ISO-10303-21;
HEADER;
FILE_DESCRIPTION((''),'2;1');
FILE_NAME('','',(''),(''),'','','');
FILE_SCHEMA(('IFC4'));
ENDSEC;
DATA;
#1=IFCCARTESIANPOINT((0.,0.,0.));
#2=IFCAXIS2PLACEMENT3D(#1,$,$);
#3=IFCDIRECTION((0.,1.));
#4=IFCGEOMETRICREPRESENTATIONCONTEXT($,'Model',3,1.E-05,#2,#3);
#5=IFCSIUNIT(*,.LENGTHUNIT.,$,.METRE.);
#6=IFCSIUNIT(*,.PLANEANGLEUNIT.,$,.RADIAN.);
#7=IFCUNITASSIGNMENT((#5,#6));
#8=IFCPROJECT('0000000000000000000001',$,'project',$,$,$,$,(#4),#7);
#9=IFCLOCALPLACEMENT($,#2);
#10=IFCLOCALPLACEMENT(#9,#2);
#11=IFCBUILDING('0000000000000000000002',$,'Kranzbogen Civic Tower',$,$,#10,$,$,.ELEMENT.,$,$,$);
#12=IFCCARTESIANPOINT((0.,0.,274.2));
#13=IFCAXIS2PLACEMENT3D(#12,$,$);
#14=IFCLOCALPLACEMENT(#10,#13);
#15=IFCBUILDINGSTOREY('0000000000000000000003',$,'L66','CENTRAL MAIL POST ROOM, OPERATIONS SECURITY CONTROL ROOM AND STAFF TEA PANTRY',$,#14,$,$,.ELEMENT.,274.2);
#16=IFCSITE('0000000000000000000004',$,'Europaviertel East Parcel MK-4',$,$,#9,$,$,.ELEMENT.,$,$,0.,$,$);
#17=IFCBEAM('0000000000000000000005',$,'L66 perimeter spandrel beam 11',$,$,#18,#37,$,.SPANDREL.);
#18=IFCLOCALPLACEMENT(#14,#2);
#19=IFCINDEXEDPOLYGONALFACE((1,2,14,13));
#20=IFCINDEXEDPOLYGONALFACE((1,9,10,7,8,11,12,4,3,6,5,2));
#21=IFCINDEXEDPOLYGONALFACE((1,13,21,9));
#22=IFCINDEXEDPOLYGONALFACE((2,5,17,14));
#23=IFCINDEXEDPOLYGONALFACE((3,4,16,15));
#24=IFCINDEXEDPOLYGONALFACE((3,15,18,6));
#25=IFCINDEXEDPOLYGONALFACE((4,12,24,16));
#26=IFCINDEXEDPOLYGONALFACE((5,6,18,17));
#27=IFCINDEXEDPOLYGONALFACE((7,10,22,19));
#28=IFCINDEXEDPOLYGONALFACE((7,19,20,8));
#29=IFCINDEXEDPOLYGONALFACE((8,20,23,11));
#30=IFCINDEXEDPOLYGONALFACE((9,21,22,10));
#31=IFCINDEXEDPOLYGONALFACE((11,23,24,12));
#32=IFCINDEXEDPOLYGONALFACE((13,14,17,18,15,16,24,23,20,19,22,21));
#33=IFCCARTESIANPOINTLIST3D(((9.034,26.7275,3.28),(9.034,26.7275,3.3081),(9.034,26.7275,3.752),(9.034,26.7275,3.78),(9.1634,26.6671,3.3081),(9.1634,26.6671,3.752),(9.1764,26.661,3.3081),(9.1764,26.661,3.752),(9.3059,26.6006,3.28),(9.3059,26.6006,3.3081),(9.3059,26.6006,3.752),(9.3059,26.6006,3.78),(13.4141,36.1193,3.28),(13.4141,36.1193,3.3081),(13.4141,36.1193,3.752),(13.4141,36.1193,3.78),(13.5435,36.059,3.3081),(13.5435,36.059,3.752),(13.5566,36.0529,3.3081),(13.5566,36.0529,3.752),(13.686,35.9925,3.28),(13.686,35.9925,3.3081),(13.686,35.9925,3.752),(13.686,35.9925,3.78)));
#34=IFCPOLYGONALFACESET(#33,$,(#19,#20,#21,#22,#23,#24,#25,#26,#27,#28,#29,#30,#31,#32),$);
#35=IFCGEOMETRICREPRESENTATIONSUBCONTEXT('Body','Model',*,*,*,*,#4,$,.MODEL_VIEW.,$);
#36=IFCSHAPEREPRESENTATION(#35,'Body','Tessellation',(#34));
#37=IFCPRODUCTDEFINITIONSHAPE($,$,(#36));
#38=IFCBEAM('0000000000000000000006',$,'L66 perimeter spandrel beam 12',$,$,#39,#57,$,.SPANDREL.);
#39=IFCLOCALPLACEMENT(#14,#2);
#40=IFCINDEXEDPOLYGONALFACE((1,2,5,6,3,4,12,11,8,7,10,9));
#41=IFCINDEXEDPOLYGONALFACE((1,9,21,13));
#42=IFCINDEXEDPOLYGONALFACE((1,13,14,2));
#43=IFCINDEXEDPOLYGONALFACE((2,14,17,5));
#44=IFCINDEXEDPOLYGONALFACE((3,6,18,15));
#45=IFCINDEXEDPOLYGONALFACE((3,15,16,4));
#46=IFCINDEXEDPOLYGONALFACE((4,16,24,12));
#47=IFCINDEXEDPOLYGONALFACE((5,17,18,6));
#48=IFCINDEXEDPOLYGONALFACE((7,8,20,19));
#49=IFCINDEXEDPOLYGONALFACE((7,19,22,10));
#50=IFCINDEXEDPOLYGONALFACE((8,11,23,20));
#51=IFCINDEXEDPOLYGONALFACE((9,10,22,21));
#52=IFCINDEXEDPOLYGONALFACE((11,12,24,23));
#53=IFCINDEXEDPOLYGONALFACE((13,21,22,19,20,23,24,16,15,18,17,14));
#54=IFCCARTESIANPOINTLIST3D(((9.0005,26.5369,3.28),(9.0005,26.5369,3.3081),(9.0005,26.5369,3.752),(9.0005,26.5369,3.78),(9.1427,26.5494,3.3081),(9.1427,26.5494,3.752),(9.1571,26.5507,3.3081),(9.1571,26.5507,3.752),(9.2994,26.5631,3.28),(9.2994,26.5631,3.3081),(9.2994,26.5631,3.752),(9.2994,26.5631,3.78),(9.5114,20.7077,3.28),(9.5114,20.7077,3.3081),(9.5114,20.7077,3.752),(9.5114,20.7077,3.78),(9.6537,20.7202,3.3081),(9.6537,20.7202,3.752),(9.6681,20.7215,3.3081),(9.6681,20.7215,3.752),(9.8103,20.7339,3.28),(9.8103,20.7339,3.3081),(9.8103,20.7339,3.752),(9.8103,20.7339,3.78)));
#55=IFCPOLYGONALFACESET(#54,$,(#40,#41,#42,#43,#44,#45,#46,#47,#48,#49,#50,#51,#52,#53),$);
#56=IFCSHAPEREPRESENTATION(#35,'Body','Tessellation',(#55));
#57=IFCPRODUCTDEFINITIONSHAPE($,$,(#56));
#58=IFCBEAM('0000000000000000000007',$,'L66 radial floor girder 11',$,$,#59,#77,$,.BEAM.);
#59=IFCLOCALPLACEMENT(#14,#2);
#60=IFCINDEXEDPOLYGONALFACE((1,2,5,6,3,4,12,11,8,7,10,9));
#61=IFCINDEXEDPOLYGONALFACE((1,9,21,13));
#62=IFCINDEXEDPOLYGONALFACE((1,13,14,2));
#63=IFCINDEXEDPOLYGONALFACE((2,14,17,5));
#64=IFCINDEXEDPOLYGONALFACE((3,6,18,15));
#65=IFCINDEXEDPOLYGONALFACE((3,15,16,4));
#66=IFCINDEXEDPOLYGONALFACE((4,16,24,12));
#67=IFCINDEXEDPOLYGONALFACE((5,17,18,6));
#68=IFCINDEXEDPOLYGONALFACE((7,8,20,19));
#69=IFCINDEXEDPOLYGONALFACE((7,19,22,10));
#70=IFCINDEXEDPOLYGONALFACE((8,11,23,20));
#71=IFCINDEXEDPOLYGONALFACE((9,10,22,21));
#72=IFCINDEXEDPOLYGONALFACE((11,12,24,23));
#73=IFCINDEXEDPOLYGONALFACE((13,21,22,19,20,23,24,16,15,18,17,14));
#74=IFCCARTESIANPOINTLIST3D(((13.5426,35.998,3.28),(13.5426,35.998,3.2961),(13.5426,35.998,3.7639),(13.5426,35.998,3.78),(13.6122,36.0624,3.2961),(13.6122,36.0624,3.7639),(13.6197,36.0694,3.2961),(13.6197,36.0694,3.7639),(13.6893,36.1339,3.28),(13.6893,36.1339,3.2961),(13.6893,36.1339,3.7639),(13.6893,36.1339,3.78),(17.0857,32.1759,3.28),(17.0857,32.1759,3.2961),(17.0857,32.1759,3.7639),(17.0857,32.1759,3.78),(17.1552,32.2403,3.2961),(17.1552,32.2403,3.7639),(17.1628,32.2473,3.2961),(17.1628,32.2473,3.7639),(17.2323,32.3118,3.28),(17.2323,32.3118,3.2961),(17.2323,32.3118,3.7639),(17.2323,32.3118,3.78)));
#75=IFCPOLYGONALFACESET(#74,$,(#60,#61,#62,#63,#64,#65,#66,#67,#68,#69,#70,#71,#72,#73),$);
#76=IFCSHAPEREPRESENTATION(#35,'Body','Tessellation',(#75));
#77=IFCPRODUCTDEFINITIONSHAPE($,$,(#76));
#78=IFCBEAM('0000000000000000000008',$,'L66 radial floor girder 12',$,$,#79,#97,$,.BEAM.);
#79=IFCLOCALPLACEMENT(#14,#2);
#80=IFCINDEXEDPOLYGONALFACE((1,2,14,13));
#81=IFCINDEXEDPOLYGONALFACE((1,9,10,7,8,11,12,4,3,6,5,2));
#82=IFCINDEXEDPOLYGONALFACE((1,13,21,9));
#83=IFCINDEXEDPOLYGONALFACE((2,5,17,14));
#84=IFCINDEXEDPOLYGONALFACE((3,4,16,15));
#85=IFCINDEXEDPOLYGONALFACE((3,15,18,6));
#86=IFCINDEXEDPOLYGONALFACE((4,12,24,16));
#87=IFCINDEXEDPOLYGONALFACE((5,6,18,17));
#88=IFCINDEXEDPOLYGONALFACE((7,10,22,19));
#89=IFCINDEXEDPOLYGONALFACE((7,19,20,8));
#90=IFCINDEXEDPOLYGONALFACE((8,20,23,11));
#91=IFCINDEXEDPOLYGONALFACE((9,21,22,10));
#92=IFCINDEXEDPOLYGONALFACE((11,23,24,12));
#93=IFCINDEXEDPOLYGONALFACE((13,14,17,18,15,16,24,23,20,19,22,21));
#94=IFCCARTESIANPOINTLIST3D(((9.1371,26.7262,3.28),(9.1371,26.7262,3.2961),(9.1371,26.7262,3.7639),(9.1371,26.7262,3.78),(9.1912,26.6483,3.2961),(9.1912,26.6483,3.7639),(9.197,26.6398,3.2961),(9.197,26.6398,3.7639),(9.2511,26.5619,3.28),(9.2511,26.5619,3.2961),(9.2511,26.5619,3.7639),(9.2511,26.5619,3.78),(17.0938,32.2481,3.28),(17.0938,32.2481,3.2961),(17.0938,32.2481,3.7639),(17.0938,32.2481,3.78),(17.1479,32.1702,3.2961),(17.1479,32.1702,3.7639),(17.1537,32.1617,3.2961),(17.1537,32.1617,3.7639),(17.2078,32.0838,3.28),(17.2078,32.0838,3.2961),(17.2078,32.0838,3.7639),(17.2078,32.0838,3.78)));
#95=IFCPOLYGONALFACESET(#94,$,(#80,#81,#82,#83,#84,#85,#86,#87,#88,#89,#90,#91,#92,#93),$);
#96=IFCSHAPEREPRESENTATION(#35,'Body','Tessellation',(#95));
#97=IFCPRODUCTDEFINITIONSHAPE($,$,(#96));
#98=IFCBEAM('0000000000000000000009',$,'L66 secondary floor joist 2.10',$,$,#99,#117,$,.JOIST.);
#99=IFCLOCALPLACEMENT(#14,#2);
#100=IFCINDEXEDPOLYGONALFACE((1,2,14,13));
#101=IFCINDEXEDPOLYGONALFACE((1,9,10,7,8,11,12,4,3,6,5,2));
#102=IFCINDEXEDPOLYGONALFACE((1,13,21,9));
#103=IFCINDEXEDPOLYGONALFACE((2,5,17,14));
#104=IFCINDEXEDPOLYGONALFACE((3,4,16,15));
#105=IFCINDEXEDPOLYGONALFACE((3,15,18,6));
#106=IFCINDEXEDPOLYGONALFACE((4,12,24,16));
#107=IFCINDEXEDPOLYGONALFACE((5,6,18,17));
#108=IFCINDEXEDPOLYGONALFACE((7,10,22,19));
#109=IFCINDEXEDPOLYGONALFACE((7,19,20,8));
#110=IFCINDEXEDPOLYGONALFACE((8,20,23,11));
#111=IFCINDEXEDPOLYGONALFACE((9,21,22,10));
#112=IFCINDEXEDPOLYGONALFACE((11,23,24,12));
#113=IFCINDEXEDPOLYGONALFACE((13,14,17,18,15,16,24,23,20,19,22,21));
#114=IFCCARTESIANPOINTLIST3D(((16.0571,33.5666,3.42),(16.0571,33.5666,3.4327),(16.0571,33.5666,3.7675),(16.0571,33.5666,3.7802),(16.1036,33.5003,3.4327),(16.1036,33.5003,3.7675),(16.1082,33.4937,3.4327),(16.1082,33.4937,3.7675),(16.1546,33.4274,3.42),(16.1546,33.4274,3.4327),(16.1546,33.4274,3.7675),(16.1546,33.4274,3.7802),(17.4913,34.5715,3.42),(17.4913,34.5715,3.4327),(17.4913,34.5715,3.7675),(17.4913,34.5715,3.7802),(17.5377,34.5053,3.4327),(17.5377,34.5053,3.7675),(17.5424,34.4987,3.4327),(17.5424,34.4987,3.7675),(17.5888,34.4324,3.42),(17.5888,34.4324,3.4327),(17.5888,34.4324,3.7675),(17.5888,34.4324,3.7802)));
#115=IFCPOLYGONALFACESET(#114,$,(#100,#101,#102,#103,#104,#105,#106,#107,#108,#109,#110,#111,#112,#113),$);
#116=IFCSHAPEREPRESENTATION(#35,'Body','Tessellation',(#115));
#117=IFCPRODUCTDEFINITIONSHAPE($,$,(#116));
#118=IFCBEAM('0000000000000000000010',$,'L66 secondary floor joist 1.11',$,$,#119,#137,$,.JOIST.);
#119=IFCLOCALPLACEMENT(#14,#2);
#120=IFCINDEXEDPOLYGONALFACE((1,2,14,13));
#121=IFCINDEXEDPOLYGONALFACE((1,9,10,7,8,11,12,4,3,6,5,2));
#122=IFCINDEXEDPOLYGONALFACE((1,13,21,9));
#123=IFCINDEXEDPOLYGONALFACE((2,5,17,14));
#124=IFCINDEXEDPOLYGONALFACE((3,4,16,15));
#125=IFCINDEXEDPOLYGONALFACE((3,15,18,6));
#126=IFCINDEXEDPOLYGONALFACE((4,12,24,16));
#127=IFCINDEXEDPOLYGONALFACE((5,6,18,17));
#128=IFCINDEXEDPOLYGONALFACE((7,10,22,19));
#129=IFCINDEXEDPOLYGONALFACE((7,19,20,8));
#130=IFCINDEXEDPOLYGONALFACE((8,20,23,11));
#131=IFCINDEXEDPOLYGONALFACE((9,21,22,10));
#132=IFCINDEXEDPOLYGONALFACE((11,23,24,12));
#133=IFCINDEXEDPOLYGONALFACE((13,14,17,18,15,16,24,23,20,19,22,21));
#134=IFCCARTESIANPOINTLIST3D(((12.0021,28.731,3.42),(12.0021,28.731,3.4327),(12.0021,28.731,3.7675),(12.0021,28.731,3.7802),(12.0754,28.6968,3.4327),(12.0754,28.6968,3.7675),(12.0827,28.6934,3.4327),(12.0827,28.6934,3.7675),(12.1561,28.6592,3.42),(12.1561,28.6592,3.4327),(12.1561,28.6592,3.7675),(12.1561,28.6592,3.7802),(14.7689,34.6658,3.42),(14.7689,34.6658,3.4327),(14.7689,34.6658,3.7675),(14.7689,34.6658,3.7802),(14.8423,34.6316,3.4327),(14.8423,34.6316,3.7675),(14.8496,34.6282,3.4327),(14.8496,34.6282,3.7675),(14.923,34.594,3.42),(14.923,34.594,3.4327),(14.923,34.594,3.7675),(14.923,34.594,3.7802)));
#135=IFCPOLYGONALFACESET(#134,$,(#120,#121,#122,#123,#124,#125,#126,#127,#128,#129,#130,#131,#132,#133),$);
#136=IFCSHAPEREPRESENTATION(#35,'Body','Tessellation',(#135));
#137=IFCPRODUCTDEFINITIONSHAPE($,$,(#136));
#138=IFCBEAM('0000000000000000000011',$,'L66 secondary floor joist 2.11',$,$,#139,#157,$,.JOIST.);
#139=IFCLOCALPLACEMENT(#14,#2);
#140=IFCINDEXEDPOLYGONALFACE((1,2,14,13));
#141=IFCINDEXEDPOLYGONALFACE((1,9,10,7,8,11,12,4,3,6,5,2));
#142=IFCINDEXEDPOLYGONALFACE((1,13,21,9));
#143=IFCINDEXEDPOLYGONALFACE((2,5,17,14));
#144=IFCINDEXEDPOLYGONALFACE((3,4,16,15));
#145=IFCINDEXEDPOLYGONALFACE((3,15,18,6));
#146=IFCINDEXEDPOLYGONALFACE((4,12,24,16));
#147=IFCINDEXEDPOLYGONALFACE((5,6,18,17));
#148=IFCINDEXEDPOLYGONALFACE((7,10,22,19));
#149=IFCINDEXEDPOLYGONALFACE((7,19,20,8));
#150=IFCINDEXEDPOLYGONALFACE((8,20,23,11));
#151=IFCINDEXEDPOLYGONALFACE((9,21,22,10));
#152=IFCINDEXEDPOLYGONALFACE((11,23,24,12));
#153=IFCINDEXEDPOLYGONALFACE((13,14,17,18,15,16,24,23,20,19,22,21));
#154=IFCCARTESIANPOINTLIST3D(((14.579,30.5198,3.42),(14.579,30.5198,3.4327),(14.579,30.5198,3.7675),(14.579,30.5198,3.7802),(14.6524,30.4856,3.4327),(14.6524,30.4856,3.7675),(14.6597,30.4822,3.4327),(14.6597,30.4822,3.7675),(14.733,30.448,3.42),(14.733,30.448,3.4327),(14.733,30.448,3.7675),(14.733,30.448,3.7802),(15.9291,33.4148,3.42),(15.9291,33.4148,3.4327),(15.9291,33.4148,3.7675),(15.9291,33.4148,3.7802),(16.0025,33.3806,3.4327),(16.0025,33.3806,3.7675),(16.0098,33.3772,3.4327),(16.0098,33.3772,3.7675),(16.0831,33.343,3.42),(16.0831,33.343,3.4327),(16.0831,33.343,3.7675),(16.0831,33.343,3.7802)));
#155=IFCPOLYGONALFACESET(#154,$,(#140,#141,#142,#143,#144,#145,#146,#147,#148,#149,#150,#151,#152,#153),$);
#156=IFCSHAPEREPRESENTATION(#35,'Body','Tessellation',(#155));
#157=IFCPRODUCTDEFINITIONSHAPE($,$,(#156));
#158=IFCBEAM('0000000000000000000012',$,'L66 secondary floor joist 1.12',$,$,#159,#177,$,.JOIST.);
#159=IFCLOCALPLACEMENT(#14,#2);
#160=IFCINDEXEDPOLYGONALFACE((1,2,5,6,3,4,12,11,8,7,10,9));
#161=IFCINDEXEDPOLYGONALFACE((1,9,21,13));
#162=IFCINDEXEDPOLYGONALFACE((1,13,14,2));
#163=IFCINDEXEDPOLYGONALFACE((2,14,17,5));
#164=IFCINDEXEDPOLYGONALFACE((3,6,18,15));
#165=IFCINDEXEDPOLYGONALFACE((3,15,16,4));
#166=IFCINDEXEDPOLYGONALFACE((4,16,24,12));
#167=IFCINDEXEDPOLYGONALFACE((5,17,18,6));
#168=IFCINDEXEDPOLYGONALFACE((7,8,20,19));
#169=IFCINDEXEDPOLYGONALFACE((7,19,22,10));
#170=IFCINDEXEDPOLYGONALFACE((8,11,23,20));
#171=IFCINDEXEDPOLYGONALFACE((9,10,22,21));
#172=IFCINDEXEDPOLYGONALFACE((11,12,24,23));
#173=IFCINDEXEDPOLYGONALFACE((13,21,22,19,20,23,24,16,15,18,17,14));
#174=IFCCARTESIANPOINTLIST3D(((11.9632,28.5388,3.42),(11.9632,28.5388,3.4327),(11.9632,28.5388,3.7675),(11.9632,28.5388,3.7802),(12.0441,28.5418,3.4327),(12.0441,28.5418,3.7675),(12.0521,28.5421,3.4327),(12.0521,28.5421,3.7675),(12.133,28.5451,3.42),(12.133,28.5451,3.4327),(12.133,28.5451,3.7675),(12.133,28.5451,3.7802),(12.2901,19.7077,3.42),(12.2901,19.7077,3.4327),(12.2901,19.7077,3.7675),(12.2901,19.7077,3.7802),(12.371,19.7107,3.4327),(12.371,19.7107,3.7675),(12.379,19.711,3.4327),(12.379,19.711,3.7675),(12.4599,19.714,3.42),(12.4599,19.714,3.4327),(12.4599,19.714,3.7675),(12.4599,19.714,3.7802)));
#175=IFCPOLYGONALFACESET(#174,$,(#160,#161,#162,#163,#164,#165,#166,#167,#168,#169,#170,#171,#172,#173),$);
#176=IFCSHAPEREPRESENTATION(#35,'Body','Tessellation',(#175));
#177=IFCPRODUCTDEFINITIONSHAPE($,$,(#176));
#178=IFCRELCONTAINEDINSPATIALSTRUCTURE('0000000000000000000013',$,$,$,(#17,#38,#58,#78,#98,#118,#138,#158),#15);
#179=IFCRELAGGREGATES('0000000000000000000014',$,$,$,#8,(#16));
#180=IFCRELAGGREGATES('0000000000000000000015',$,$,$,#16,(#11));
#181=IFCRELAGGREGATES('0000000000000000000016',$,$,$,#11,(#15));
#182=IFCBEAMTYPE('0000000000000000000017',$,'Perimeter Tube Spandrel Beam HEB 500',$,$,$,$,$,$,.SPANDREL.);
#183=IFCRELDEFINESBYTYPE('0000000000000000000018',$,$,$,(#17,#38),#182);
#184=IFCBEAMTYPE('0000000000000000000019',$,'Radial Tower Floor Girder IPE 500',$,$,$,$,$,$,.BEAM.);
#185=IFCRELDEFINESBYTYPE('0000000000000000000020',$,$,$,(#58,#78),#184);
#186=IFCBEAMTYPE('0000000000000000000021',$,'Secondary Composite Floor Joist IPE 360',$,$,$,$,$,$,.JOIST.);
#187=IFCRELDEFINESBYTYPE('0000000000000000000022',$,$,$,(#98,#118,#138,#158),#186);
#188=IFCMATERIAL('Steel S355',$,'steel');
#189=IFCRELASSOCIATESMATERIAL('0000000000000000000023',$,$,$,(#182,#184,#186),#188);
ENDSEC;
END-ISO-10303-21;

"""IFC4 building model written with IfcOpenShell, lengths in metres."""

from ifc_helpers import new_model, si_unit, direction, frame, origin, origin_2d, place, context, subcontext, project, spatial, i_section, extrude, material, material_profile, profile_set, type_object, element, save


model = new_model("IFC4")

# Units and contexts
model_context = context("Model", 3, precision=1e-05, world=origin(), true_north=direction((0.0, 1.0)))
body_context = subcontext(model_context, "Body", "Model", "MODEL_VIEW")
ifc_project = project(units=[si_unit("LENGTHUNIT", "METRE"), si_unit("PLANEANGLEUNIT", "RADIAN")], contexts=[model_context])

# Site, building, storey
site_placement = place(None, origin())
site = spatial("IfcSite", under=ifc_project, at=site_placement, Name="Europaviertel East Parcel MK-4", CompositionType="ELEMENT", RefElevation=0.0)
building_placement = place(site_placement, origin())
building = spatial("IfcBuilding", under=site, at=building_placement, Name="Kranzbogen Civic Tower", CompositionType="ELEMENT")
storey_placement = place(building_placement, frame((0.0, 0.0, 274.2)))
storey = spatial("IfcBuildingStorey", under=building, at=storey_placement, Name="L66", Description="CENTRAL MAIL POST ROOM, OPERATIONS SECURITY CONTROL ROOM AND STAFF TEA PANTRY", CompositionType="ELEMENT", Elevation=274.2)

# Shared definitions
ifc_material_1 = material(Name="Steel S355", Category="steel")

# Beams
ifc_material_profile_1 = material_profile(ifc_material_1, i_section(OverallWidth=0.3, OverallDepth=0.5, WebThickness=0.0144, FlangeThickness=0.0281, at=origin_2d()), Name="HEB 500")
ifc_profile_set_1 = profile_set([ifc_material_profile_1], Name="Steel S355")
beam_type_1 = type_object("IfcBeamType", Name="Perimeter Tube Spandrel Beam HEB 500", PredefinedType="SPANDREL", material=ifc_profile_set_1)
beam_1_placement = place(storey_placement, frame((13.55, 36.0559, 3.53), z_axis=(-0.422669, -0.906284, 0.0), x_axis=(0.906284, -0.422669, 0.0)))
element("IfcBeam", 1, at=beam_1_placement, inside=storey, type_object=beam_type_1, Name="L66 perimeter spandrel beam 11", PredefinedType="SPANDREL", context=body_context, shape_type="SweptSolid", body=[
    extrude(i_section(OverallWidth=0.3, OverallDepth=0.5, WebThickness=0.0144, FlangeThickness=0.0281, at=origin_2d()), origin(), (0.0, 0.0, 1.0), 10.363),
])
beam_2_placement = place(storey_placement, frame((9.1499, 26.55, 3.53), z_axis=(0.087326, -0.99618, 0.0), x_axis=(0.99618, 0.087326, 0.0)))
element("IfcBeam", 2, at=beam_2_placement, inside=storey, type_object=beam_type_1, Name="L66 perimeter spandrel beam 12", PredefinedType="SPANDREL", context=body_context, shape_type="SweptSolid", body=[
    extrude(i_section(OverallWidth=0.3, OverallDepth=0.5, WebThickness=0.0144, FlangeThickness=0.0281, at=origin_2d()), origin(), (0.0, 0.0, 1.0), 5.8516),
])
ifc_material_profile_2 = material_profile(ifc_material_1, i_section(OverallWidth=0.2, OverallDepth=0.5, WebThickness=0.0103, FlangeThickness=0.0161, at=origin_2d()), Name="IPE 500")
ifc_profile_set_2 = profile_set([ifc_material_profile_2], Name="Steel S355")
beam_type_2 = type_object("IfcBeamType", Name="Radial Tower Floor Girder IPE 500", PredefinedType="BEAM", material=ifc_profile_set_2)
beam_3_placement = place(storey_placement, frame((13.616, 36.0659, 3.53), z_axis=(0.679827, -0.733372, 0.0), x_axis=(0.733372, 0.679827, 0.0)))
element("IfcBeam", 3, at=beam_3_placement, inside=storey, type_object=beam_type_2, Name="L66 radial floor girder 11", PredefinedType="BEAM", context=body_context, shape_type="SweptSolid", body=[
    extrude(i_section(OverallWidth=0.2, OverallDepth=0.5, WebThickness=0.0103, FlangeThickness=0.0161, at=origin_2d()), origin(), (0.0, 0.0, 1.0), 5.2117),
])
beam_4_placement = place(storey_placement, frame((9.1941, 26.644, 3.53), z_axis=(0.821543, 0.570147, 0.0), x_axis=(-0.570147, 0.821543, 0.0)))
element("IfcBeam", 4, at=beam_4_placement, inside=storey, type_object=beam_type_2, Name="L66 radial floor girder 12", PredefinedType="BEAM", context=body_context, shape_type="SweptSolid", body=[
    extrude(i_section(OverallWidth=0.2, OverallDepth=0.5, WebThickness=0.0103, FlangeThickness=0.0161, at=origin_2d()), origin(), (0.0, 0.0, 1.0), 9.6851),
])
ifc_material_profile_3 = material_profile(ifc_material_1, i_section(OverallWidth=0.1699, OverallDepth=0.3601, WebThickness=0.0081, FlangeThickness=0.0127, at=origin_2d()), Name="IPE 360")
ifc_profile_set_3 = profile_set([ifc_material_profile_3], Name="Steel S355")
beam_type_3 = type_object("IfcBeamType", Name="Secondary Composite Floor Joist IPE 360", PredefinedType="JOIST", material=ifc_profile_set_3)
beam_5_placement = place(storey_placement, frame((17.54, 34.502, 3.6001), z_axis=(-0.818957, -0.573855, 0.0), x_axis=(0.573855, -0.818957, 0.0)))
element("IfcBeam", 5, at=beam_5_placement, inside=storey, type_object=beam_type_3, Name="L66 secondary floor joist 2.10", PredefinedType="JOIST", context=body_context, shape_type="SweptSolid", body=[
    extrude(i_section(OverallWidth=0.1699, OverallDepth=0.3601, WebThickness=0.0081, FlangeThickness=0.0127, at=origin_2d()), origin(), (0.0, 0.0, 1.0), 1.7512),
])
beam_6_placement = place(storey_placement, frame((14.8459, 34.6299, 3.6001), z_axis=(-0.422543, -0.906343, 0.0), x_axis=(0.906343, -0.422543, 0.0)))
element("IfcBeam", 6, at=beam_6_placement, inside=storey, type_object=beam_type_3, Name="L66 secondary floor joist 1.11", PredefinedType="JOIST", context=body_context, shape_type="SweptSolid", body=[
    extrude(i_section(OverallWidth=0.1699, OverallDepth=0.3601, WebThickness=0.0081, FlangeThickness=0.0127, at=origin_2d()), origin(), (0.0, 0.0, 1.0), 6.5481),
])
beam_7_placement = place(storey_placement, frame((16.0061, 33.3789, 3.6001), z_axis=(-0.422651, -0.906292, 0.0), x_axis=(0.906292, -0.422651, 0.0)))
element("IfcBeam", 7, at=beam_7_placement, inside=storey, type_object=beam_type_3, Name="L66 secondary floor joist 2.11", PredefinedType="JOIST", context=body_context, shape_type="SweptSolid", body=[
    extrude(i_section(OverallWidth=0.1699, OverallDepth=0.3601, WebThickness=0.0081, FlangeThickness=0.0127, at=origin_2d()), origin(), (0.0, 0.0, 1.0), 3.1943),
])
beam_8_placement = place(storey_placement, frame((12.0481, 28.542, 3.6001), z_axis=(0.036992, -0.999316, 0.0), x_axis=(0.999316, 0.036992, 0.0)))
element("IfcBeam", 8, at=beam_8_placement, inside=storey, type_object=beam_type_3, Name="L66 secondary floor joist 1.12", PredefinedType="JOIST", context=body_context, shape_type="SweptSolid", body=[
    extrude(i_section(OverallWidth=0.1699, OverallDepth=0.3601, WebThickness=0.0081, FlangeThickness=0.0127, at=origin_2d()), origin(), (0.0, 0.0, 1.0), 8.8372),
])

save(model, "model.ifc")
